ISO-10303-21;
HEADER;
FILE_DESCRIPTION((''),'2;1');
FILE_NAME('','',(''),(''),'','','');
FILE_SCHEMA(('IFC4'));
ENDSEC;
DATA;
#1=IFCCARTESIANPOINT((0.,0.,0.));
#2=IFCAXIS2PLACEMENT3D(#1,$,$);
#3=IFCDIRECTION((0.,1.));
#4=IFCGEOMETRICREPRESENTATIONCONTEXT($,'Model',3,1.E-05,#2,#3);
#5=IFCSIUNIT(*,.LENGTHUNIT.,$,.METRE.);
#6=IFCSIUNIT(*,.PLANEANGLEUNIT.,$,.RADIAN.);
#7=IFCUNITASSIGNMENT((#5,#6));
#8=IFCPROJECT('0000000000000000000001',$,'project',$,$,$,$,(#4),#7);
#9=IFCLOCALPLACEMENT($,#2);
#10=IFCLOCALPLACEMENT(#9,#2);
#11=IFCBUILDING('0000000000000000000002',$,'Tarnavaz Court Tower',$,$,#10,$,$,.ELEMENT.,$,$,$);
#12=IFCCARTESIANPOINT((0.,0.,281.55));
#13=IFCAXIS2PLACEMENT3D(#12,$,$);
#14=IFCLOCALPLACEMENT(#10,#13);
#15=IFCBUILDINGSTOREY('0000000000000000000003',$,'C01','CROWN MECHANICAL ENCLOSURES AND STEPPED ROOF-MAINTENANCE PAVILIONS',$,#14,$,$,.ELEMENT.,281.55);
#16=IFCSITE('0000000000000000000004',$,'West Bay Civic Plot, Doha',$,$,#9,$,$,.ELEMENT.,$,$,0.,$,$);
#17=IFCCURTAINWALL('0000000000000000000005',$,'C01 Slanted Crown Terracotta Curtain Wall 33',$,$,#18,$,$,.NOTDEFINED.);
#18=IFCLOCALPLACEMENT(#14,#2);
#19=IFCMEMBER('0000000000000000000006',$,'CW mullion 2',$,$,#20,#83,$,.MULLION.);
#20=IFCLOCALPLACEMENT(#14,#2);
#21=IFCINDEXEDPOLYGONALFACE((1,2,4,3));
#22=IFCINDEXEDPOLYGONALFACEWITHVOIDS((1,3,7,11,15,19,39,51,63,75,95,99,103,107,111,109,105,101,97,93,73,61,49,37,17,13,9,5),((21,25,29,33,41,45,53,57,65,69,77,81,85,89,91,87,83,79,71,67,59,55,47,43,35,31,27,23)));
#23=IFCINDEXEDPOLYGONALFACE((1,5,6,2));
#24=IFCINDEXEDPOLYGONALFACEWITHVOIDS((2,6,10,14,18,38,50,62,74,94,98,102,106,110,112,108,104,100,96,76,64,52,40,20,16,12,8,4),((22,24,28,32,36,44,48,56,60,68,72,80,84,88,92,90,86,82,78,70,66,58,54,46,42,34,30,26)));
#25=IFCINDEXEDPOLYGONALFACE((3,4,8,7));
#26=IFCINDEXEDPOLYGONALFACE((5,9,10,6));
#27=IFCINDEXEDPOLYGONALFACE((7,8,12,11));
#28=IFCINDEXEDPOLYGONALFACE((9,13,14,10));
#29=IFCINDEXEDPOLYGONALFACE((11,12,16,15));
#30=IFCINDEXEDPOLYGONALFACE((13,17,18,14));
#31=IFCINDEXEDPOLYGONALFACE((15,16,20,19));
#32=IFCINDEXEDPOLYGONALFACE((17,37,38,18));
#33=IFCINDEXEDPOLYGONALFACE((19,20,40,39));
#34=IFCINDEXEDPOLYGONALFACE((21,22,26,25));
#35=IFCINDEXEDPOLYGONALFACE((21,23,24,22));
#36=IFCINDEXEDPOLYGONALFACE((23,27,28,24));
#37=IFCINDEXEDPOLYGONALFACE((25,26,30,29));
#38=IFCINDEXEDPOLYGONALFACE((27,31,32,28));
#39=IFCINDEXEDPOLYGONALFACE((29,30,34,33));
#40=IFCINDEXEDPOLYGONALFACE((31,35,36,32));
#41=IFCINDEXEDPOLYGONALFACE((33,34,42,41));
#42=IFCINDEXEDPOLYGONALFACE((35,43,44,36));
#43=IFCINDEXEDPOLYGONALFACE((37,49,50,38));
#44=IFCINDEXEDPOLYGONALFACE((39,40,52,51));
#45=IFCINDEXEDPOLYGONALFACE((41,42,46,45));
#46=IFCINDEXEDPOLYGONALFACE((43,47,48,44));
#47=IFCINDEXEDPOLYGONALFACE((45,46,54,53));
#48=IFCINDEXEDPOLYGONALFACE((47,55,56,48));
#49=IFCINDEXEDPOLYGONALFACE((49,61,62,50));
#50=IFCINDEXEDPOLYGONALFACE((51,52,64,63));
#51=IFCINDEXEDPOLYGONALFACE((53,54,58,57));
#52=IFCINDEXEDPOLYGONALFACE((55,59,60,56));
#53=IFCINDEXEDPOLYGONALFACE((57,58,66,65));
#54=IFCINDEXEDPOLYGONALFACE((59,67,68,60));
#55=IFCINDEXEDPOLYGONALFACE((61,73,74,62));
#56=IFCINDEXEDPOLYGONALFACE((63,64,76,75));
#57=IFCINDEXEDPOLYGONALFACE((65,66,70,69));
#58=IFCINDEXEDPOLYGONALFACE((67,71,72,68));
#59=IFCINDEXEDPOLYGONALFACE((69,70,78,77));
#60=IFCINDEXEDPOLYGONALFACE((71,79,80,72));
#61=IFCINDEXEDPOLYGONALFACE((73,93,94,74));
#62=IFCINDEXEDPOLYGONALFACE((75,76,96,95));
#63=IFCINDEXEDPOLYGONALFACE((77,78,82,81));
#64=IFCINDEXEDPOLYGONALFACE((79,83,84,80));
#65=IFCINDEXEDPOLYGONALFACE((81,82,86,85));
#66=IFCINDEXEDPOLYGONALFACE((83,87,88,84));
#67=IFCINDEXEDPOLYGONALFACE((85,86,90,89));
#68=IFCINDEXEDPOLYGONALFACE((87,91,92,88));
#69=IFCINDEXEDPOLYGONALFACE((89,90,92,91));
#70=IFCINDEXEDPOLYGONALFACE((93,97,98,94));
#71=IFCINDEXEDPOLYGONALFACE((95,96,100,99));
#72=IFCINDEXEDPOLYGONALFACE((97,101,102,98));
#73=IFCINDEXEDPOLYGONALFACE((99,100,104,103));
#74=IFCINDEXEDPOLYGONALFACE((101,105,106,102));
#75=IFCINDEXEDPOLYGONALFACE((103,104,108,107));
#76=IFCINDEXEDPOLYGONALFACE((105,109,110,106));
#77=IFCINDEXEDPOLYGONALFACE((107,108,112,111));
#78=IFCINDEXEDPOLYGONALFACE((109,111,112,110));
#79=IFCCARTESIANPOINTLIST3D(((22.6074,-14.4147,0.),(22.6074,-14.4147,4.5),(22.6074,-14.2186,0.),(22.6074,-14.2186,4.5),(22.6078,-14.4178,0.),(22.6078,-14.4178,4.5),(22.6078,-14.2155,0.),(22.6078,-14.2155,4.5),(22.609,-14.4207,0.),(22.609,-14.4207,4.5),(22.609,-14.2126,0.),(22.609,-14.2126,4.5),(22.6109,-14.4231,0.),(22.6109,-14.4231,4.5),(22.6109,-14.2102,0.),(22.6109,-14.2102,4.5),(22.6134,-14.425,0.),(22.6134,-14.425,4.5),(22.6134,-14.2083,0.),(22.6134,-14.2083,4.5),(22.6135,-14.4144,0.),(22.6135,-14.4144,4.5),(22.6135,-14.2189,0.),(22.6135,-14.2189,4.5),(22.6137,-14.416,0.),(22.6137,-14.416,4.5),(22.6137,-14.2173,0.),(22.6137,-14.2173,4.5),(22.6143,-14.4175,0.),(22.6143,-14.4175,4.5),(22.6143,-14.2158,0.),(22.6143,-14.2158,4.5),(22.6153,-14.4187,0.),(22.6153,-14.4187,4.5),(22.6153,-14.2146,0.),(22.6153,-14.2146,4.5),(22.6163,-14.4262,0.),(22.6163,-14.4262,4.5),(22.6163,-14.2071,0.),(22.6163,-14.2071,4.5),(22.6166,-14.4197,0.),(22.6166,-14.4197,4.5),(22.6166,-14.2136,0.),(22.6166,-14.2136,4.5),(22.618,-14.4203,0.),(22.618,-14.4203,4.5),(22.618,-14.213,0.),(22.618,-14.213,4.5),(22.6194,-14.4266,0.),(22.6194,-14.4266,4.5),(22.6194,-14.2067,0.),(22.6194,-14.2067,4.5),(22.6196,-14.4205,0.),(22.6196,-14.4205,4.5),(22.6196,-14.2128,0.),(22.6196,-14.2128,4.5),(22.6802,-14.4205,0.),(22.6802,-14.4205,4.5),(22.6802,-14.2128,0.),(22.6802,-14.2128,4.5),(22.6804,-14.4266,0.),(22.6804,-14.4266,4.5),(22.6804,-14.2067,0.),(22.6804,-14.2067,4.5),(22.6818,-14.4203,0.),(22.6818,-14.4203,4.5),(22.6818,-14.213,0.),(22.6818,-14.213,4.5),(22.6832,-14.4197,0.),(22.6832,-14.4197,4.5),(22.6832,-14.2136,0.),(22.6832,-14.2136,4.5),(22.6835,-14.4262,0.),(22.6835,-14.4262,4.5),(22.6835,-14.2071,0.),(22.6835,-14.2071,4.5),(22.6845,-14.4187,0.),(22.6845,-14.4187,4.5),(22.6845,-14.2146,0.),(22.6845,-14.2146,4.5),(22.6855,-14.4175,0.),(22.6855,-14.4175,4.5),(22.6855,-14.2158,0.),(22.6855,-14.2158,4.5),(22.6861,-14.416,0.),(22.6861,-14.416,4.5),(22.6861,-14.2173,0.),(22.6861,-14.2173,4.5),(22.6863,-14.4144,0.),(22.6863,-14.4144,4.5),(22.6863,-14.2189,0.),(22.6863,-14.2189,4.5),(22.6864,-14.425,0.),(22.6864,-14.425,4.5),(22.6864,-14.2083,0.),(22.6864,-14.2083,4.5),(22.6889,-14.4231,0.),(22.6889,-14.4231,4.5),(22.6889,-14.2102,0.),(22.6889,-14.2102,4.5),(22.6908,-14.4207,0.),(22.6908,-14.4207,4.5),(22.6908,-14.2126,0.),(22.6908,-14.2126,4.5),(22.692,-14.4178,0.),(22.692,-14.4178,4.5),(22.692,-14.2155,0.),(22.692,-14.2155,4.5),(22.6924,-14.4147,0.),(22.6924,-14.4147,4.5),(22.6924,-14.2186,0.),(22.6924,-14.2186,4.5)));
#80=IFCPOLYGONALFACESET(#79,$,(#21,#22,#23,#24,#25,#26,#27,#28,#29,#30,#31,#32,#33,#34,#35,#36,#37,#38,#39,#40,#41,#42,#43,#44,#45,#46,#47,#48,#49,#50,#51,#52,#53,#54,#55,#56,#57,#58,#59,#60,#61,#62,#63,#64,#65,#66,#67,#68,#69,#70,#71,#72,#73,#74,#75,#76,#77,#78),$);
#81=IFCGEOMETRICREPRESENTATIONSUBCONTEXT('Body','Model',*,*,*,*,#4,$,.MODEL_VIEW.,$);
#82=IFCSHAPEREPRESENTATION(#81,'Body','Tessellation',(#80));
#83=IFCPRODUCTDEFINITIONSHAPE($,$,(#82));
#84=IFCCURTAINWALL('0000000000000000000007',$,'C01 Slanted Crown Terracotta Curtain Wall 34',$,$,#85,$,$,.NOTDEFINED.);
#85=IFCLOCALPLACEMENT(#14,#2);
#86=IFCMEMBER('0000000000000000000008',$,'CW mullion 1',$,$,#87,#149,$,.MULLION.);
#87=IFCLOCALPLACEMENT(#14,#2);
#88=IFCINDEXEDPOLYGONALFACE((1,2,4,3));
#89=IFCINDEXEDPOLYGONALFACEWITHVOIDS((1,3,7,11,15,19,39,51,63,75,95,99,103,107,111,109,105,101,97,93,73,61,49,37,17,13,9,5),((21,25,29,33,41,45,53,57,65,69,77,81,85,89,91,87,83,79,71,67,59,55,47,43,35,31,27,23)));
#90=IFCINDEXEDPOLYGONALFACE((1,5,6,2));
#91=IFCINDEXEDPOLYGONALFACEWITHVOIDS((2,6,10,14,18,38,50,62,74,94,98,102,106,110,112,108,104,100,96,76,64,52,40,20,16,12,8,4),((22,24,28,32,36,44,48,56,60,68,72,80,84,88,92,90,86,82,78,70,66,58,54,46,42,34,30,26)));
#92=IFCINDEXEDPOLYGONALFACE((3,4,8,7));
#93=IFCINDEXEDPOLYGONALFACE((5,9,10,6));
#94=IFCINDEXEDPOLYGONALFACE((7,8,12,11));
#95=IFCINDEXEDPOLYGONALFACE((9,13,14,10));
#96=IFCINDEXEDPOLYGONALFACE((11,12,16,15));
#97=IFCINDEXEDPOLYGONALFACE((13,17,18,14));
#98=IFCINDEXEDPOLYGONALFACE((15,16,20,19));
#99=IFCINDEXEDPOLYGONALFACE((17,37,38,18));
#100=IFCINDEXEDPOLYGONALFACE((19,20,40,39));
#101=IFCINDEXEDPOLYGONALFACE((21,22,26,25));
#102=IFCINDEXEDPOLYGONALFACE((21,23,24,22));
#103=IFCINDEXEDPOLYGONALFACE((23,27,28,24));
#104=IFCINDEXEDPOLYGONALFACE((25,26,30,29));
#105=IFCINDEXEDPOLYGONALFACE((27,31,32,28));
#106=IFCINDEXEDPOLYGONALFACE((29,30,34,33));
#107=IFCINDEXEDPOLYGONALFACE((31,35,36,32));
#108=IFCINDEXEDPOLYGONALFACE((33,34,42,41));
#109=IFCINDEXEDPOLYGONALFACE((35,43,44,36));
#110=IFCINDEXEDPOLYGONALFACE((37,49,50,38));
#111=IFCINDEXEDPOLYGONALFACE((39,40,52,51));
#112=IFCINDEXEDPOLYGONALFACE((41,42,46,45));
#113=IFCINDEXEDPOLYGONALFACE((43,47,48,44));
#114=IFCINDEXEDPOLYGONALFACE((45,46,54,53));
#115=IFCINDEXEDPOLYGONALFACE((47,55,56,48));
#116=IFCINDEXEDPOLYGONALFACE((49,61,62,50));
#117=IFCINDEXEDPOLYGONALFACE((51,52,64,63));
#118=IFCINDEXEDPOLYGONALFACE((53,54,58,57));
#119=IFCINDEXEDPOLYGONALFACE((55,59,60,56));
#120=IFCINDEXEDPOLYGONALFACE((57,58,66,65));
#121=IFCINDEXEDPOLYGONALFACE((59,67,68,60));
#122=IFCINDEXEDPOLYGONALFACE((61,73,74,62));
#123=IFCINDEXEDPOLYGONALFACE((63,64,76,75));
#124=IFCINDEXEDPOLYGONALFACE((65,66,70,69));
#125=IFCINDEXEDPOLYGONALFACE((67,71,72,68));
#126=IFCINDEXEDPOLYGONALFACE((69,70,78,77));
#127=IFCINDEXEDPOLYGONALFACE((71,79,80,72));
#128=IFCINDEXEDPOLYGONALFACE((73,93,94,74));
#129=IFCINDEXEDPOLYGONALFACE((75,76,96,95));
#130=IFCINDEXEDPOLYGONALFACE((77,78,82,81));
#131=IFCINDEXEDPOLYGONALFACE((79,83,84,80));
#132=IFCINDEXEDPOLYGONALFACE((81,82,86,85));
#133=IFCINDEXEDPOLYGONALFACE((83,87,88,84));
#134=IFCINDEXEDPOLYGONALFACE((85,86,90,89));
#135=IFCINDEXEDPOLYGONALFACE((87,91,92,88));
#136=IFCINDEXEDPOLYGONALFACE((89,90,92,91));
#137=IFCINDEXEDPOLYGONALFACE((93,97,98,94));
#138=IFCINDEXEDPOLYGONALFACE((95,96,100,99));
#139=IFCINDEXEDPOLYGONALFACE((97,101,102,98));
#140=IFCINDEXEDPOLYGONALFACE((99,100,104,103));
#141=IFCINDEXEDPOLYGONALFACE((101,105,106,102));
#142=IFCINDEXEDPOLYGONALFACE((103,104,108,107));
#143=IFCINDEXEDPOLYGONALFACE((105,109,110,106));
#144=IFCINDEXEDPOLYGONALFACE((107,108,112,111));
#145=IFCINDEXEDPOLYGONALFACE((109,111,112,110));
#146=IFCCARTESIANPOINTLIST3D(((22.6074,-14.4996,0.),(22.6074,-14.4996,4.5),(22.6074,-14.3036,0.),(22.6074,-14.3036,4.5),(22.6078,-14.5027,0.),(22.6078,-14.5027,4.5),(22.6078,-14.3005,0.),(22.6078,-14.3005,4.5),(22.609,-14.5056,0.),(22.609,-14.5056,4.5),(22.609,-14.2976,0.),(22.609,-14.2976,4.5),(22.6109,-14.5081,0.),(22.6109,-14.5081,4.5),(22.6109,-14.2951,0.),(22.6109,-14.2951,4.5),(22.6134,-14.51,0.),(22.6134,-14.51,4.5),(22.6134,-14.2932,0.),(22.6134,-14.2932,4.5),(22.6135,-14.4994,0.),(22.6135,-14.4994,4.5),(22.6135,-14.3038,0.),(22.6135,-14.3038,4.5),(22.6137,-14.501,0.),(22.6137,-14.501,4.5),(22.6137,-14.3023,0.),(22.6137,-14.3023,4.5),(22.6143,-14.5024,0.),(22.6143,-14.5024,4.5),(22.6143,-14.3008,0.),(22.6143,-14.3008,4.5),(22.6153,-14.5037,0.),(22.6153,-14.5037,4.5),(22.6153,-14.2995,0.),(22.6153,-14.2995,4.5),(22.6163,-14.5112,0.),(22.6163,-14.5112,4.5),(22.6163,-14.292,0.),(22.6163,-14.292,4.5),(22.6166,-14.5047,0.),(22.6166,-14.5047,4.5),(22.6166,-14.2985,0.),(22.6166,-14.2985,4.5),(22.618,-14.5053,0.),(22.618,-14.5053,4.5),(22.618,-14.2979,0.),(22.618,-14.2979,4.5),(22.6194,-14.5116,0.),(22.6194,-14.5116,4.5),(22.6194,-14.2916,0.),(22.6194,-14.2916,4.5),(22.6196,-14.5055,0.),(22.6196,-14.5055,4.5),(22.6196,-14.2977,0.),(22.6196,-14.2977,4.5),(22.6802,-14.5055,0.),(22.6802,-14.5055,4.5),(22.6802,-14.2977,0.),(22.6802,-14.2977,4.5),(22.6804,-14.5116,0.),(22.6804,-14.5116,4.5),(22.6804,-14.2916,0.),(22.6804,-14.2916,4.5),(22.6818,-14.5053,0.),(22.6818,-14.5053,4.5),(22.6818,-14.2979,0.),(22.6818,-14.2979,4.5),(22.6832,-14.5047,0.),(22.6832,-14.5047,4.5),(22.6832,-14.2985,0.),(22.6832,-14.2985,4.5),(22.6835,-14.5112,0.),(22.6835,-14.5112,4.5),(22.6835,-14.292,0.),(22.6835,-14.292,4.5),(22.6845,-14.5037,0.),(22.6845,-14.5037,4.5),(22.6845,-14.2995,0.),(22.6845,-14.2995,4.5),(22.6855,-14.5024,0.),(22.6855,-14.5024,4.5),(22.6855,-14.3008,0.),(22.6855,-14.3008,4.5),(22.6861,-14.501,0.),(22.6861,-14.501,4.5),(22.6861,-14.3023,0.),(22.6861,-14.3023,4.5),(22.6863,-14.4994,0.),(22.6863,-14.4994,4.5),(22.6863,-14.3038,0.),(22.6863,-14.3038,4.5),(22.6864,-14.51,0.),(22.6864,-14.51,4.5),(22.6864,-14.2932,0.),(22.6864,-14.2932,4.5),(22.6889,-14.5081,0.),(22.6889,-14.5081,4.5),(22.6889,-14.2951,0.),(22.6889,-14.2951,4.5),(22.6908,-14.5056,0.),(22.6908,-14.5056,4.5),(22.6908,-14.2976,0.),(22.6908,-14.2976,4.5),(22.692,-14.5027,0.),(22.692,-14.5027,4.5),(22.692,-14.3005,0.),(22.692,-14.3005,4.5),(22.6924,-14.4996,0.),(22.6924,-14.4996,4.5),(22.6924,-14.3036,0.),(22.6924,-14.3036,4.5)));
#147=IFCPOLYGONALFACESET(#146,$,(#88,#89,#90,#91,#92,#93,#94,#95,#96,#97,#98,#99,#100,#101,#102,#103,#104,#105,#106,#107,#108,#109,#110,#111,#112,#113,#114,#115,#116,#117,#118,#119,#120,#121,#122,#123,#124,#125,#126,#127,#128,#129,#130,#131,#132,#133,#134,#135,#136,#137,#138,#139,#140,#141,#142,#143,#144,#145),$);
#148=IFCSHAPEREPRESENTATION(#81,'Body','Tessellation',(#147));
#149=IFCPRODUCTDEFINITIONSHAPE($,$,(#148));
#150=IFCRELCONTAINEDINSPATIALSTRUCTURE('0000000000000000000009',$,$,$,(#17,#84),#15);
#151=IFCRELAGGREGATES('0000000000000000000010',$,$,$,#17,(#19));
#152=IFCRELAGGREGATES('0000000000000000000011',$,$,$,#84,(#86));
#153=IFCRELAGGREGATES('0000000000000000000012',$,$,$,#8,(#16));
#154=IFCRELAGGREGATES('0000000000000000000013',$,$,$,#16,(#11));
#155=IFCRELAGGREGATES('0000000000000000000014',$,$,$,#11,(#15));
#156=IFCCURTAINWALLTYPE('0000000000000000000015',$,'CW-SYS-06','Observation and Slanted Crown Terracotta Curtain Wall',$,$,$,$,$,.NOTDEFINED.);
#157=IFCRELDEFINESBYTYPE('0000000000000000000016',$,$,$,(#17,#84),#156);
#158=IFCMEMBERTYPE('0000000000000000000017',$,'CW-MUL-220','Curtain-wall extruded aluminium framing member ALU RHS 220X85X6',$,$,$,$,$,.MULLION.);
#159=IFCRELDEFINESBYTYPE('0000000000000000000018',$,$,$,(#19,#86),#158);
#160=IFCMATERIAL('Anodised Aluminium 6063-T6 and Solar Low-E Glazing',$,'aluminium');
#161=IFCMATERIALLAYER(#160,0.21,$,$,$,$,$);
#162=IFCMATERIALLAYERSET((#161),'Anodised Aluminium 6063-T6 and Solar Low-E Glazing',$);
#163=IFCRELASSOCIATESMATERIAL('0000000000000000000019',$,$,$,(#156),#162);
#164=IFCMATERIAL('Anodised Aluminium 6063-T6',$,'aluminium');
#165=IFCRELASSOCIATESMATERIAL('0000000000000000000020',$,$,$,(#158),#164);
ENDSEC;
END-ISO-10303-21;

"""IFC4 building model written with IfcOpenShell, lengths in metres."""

from ifc_helpers import new_model, si_unit, direction, frame, origin, origin_2d, place, context, subcontext, project, spatial, hollow_rectangle, extrude, material, layer, layer_set, material_profile, profile_set, type_object, element, aggregate, save


model = new_model("IFC4")

# Units and contexts
model_context = context("Model", 3, precision=1e-05, world=origin(), true_north=direction((0.0, 1.0)))
body_context = subcontext(model_context, "Body", "Model", "MODEL_VIEW")
ifc_project = project(units=[si_unit("LENGTHUNIT", "METRE"), si_unit("PLANEANGLEUNIT", "RADIAN")], contexts=[model_context])

# Site, building, storey
site_placement = place(None, origin())
site = spatial("IfcSite", under=ifc_project, at=site_placement, Name="West Bay Civic Plot, Doha", CompositionType="ELEMENT", RefElevation=0.0)
building_placement = place(site_placement, origin())
building = spatial("IfcBuilding", under=site, at=building_placement, Name="Tarnavaz Court Tower", CompositionType="ELEMENT")
storey_placement = place(building_placement, frame((0.0, 0.0, 281.55)))
storey = spatial("IfcBuildingStorey", under=building, at=storey_placement, Name="C01", Description="CROWN MECHANICAL ENCLOSURES AND STEPPED ROOF-MAINTENANCE PAVILIONS", CompositionType="ELEMENT", Elevation=281.55)

# Curtain wall, member
ifc_material_1 = material(Name="Anodised Aluminium 6063-T6 and Solar Low-E Glazing", Category="aluminium")
ifc_layer_1 = layer(ifc_material_1, 0.21)
ifc_layer_set_1 = layer_set([ifc_layer_1], Name="Anodised Aluminium 6063-T6 and Solar Low-E Glazing")
curtain_wall_type = type_object("IfcCurtainWallType", Name="CW-SYS-06", Description="Observation and Slanted Crown Terracotta Curtain Wall", PredefinedType="NOTDEFINED", material=ifc_layer_set_1)
curtain_wall_1_placement = place(storey_placement, origin())
curtain_wall_1 = element("IfcCurtainWall", 1, at=curtain_wall_1_placement, inside=storey, type_object=curtain_wall_type, Name="C01 Slanted Crown Terracotta Curtain Wall 33", PredefinedType="NOTDEFINED")
ifc_material_2 = material(Name="Anodised Aluminium 6063-T6", Category="aluminium")
ifc_material_profile_1 = material_profile(ifc_material_2, hollow_rectangle(XDim=0.085, YDim=0.22, WallThickness=0.0061, InnerFilletRadius=0.0061, OuterFilletRadius=0.012, at=origin_2d()), Name="ALU RHS 220X85X6")
ifc_profile_set_1 = profile_set([ifc_material_profile_1], Name="Anodised Aluminium 6063-T6")
member_type_1 = type_object("IfcMemberType", Name="CW-MUL-220", Description="Curtain-wall extruded aluminium framing member ALU RHS 220X85X6", PredefinedType="MULLION", material=ifc_profile_set_1)
member_1_placement = place(storey_placement, frame((22.6499, -14.3167, 0.0), z_axis=(0.0, 0.0, 1.0), x_axis=(1.0, 0.0, 0.0)))
member_1 = element("IfcMember", 2, at=member_1_placement, type_object=member_type_1, Name="CW mullion 2", PredefinedType="MULLION", context=body_context, shape_type="SweptSolid", body=[
    extrude(hollow_rectangle(XDim=0.085, YDim=0.22, WallThickness=0.0061, InnerFilletRadius=0.0061, OuterFilletRadius=0.012, at=origin_2d()), origin(), (0.0, 0.0, 1.0), 4.5),
])
aggregate(curtain_wall_1, [member_1])

# Curtain wall, member
curtain_wall_2_placement = place(storey_placement, origin())
curtain_wall_2 = element("IfcCurtainWall", 3, at=curtain_wall_2_placement, inside=storey, type_object=curtain_wall_type, Name="C01 Slanted Crown Terracotta Curtain Wall 34", PredefinedType="NOTDEFINED")
member_2_placement = place(storey_placement, frame((22.6499, -14.4016, 0.0), z_axis=(0.0, 0.0, 1.0), x_axis=(1.0, 0.0, 0.0)))
member_2 = element("IfcMember", 4, at=member_2_placement, type_object=member_type_1, Name="CW mullion 1", PredefinedType="MULLION", context=body_context, shape_type="SweptSolid", body=[
    extrude(hollow_rectangle(XDim=0.085, YDim=0.22, WallThickness=0.0061, InnerFilletRadius=0.0061, OuterFilletRadius=0.012, at=origin_2d()), origin(), (0.0, 0.0, 1.0), 4.5),
])

aggregate(curtain_wall_2, [member_2])

save(model, "model.ifc")
